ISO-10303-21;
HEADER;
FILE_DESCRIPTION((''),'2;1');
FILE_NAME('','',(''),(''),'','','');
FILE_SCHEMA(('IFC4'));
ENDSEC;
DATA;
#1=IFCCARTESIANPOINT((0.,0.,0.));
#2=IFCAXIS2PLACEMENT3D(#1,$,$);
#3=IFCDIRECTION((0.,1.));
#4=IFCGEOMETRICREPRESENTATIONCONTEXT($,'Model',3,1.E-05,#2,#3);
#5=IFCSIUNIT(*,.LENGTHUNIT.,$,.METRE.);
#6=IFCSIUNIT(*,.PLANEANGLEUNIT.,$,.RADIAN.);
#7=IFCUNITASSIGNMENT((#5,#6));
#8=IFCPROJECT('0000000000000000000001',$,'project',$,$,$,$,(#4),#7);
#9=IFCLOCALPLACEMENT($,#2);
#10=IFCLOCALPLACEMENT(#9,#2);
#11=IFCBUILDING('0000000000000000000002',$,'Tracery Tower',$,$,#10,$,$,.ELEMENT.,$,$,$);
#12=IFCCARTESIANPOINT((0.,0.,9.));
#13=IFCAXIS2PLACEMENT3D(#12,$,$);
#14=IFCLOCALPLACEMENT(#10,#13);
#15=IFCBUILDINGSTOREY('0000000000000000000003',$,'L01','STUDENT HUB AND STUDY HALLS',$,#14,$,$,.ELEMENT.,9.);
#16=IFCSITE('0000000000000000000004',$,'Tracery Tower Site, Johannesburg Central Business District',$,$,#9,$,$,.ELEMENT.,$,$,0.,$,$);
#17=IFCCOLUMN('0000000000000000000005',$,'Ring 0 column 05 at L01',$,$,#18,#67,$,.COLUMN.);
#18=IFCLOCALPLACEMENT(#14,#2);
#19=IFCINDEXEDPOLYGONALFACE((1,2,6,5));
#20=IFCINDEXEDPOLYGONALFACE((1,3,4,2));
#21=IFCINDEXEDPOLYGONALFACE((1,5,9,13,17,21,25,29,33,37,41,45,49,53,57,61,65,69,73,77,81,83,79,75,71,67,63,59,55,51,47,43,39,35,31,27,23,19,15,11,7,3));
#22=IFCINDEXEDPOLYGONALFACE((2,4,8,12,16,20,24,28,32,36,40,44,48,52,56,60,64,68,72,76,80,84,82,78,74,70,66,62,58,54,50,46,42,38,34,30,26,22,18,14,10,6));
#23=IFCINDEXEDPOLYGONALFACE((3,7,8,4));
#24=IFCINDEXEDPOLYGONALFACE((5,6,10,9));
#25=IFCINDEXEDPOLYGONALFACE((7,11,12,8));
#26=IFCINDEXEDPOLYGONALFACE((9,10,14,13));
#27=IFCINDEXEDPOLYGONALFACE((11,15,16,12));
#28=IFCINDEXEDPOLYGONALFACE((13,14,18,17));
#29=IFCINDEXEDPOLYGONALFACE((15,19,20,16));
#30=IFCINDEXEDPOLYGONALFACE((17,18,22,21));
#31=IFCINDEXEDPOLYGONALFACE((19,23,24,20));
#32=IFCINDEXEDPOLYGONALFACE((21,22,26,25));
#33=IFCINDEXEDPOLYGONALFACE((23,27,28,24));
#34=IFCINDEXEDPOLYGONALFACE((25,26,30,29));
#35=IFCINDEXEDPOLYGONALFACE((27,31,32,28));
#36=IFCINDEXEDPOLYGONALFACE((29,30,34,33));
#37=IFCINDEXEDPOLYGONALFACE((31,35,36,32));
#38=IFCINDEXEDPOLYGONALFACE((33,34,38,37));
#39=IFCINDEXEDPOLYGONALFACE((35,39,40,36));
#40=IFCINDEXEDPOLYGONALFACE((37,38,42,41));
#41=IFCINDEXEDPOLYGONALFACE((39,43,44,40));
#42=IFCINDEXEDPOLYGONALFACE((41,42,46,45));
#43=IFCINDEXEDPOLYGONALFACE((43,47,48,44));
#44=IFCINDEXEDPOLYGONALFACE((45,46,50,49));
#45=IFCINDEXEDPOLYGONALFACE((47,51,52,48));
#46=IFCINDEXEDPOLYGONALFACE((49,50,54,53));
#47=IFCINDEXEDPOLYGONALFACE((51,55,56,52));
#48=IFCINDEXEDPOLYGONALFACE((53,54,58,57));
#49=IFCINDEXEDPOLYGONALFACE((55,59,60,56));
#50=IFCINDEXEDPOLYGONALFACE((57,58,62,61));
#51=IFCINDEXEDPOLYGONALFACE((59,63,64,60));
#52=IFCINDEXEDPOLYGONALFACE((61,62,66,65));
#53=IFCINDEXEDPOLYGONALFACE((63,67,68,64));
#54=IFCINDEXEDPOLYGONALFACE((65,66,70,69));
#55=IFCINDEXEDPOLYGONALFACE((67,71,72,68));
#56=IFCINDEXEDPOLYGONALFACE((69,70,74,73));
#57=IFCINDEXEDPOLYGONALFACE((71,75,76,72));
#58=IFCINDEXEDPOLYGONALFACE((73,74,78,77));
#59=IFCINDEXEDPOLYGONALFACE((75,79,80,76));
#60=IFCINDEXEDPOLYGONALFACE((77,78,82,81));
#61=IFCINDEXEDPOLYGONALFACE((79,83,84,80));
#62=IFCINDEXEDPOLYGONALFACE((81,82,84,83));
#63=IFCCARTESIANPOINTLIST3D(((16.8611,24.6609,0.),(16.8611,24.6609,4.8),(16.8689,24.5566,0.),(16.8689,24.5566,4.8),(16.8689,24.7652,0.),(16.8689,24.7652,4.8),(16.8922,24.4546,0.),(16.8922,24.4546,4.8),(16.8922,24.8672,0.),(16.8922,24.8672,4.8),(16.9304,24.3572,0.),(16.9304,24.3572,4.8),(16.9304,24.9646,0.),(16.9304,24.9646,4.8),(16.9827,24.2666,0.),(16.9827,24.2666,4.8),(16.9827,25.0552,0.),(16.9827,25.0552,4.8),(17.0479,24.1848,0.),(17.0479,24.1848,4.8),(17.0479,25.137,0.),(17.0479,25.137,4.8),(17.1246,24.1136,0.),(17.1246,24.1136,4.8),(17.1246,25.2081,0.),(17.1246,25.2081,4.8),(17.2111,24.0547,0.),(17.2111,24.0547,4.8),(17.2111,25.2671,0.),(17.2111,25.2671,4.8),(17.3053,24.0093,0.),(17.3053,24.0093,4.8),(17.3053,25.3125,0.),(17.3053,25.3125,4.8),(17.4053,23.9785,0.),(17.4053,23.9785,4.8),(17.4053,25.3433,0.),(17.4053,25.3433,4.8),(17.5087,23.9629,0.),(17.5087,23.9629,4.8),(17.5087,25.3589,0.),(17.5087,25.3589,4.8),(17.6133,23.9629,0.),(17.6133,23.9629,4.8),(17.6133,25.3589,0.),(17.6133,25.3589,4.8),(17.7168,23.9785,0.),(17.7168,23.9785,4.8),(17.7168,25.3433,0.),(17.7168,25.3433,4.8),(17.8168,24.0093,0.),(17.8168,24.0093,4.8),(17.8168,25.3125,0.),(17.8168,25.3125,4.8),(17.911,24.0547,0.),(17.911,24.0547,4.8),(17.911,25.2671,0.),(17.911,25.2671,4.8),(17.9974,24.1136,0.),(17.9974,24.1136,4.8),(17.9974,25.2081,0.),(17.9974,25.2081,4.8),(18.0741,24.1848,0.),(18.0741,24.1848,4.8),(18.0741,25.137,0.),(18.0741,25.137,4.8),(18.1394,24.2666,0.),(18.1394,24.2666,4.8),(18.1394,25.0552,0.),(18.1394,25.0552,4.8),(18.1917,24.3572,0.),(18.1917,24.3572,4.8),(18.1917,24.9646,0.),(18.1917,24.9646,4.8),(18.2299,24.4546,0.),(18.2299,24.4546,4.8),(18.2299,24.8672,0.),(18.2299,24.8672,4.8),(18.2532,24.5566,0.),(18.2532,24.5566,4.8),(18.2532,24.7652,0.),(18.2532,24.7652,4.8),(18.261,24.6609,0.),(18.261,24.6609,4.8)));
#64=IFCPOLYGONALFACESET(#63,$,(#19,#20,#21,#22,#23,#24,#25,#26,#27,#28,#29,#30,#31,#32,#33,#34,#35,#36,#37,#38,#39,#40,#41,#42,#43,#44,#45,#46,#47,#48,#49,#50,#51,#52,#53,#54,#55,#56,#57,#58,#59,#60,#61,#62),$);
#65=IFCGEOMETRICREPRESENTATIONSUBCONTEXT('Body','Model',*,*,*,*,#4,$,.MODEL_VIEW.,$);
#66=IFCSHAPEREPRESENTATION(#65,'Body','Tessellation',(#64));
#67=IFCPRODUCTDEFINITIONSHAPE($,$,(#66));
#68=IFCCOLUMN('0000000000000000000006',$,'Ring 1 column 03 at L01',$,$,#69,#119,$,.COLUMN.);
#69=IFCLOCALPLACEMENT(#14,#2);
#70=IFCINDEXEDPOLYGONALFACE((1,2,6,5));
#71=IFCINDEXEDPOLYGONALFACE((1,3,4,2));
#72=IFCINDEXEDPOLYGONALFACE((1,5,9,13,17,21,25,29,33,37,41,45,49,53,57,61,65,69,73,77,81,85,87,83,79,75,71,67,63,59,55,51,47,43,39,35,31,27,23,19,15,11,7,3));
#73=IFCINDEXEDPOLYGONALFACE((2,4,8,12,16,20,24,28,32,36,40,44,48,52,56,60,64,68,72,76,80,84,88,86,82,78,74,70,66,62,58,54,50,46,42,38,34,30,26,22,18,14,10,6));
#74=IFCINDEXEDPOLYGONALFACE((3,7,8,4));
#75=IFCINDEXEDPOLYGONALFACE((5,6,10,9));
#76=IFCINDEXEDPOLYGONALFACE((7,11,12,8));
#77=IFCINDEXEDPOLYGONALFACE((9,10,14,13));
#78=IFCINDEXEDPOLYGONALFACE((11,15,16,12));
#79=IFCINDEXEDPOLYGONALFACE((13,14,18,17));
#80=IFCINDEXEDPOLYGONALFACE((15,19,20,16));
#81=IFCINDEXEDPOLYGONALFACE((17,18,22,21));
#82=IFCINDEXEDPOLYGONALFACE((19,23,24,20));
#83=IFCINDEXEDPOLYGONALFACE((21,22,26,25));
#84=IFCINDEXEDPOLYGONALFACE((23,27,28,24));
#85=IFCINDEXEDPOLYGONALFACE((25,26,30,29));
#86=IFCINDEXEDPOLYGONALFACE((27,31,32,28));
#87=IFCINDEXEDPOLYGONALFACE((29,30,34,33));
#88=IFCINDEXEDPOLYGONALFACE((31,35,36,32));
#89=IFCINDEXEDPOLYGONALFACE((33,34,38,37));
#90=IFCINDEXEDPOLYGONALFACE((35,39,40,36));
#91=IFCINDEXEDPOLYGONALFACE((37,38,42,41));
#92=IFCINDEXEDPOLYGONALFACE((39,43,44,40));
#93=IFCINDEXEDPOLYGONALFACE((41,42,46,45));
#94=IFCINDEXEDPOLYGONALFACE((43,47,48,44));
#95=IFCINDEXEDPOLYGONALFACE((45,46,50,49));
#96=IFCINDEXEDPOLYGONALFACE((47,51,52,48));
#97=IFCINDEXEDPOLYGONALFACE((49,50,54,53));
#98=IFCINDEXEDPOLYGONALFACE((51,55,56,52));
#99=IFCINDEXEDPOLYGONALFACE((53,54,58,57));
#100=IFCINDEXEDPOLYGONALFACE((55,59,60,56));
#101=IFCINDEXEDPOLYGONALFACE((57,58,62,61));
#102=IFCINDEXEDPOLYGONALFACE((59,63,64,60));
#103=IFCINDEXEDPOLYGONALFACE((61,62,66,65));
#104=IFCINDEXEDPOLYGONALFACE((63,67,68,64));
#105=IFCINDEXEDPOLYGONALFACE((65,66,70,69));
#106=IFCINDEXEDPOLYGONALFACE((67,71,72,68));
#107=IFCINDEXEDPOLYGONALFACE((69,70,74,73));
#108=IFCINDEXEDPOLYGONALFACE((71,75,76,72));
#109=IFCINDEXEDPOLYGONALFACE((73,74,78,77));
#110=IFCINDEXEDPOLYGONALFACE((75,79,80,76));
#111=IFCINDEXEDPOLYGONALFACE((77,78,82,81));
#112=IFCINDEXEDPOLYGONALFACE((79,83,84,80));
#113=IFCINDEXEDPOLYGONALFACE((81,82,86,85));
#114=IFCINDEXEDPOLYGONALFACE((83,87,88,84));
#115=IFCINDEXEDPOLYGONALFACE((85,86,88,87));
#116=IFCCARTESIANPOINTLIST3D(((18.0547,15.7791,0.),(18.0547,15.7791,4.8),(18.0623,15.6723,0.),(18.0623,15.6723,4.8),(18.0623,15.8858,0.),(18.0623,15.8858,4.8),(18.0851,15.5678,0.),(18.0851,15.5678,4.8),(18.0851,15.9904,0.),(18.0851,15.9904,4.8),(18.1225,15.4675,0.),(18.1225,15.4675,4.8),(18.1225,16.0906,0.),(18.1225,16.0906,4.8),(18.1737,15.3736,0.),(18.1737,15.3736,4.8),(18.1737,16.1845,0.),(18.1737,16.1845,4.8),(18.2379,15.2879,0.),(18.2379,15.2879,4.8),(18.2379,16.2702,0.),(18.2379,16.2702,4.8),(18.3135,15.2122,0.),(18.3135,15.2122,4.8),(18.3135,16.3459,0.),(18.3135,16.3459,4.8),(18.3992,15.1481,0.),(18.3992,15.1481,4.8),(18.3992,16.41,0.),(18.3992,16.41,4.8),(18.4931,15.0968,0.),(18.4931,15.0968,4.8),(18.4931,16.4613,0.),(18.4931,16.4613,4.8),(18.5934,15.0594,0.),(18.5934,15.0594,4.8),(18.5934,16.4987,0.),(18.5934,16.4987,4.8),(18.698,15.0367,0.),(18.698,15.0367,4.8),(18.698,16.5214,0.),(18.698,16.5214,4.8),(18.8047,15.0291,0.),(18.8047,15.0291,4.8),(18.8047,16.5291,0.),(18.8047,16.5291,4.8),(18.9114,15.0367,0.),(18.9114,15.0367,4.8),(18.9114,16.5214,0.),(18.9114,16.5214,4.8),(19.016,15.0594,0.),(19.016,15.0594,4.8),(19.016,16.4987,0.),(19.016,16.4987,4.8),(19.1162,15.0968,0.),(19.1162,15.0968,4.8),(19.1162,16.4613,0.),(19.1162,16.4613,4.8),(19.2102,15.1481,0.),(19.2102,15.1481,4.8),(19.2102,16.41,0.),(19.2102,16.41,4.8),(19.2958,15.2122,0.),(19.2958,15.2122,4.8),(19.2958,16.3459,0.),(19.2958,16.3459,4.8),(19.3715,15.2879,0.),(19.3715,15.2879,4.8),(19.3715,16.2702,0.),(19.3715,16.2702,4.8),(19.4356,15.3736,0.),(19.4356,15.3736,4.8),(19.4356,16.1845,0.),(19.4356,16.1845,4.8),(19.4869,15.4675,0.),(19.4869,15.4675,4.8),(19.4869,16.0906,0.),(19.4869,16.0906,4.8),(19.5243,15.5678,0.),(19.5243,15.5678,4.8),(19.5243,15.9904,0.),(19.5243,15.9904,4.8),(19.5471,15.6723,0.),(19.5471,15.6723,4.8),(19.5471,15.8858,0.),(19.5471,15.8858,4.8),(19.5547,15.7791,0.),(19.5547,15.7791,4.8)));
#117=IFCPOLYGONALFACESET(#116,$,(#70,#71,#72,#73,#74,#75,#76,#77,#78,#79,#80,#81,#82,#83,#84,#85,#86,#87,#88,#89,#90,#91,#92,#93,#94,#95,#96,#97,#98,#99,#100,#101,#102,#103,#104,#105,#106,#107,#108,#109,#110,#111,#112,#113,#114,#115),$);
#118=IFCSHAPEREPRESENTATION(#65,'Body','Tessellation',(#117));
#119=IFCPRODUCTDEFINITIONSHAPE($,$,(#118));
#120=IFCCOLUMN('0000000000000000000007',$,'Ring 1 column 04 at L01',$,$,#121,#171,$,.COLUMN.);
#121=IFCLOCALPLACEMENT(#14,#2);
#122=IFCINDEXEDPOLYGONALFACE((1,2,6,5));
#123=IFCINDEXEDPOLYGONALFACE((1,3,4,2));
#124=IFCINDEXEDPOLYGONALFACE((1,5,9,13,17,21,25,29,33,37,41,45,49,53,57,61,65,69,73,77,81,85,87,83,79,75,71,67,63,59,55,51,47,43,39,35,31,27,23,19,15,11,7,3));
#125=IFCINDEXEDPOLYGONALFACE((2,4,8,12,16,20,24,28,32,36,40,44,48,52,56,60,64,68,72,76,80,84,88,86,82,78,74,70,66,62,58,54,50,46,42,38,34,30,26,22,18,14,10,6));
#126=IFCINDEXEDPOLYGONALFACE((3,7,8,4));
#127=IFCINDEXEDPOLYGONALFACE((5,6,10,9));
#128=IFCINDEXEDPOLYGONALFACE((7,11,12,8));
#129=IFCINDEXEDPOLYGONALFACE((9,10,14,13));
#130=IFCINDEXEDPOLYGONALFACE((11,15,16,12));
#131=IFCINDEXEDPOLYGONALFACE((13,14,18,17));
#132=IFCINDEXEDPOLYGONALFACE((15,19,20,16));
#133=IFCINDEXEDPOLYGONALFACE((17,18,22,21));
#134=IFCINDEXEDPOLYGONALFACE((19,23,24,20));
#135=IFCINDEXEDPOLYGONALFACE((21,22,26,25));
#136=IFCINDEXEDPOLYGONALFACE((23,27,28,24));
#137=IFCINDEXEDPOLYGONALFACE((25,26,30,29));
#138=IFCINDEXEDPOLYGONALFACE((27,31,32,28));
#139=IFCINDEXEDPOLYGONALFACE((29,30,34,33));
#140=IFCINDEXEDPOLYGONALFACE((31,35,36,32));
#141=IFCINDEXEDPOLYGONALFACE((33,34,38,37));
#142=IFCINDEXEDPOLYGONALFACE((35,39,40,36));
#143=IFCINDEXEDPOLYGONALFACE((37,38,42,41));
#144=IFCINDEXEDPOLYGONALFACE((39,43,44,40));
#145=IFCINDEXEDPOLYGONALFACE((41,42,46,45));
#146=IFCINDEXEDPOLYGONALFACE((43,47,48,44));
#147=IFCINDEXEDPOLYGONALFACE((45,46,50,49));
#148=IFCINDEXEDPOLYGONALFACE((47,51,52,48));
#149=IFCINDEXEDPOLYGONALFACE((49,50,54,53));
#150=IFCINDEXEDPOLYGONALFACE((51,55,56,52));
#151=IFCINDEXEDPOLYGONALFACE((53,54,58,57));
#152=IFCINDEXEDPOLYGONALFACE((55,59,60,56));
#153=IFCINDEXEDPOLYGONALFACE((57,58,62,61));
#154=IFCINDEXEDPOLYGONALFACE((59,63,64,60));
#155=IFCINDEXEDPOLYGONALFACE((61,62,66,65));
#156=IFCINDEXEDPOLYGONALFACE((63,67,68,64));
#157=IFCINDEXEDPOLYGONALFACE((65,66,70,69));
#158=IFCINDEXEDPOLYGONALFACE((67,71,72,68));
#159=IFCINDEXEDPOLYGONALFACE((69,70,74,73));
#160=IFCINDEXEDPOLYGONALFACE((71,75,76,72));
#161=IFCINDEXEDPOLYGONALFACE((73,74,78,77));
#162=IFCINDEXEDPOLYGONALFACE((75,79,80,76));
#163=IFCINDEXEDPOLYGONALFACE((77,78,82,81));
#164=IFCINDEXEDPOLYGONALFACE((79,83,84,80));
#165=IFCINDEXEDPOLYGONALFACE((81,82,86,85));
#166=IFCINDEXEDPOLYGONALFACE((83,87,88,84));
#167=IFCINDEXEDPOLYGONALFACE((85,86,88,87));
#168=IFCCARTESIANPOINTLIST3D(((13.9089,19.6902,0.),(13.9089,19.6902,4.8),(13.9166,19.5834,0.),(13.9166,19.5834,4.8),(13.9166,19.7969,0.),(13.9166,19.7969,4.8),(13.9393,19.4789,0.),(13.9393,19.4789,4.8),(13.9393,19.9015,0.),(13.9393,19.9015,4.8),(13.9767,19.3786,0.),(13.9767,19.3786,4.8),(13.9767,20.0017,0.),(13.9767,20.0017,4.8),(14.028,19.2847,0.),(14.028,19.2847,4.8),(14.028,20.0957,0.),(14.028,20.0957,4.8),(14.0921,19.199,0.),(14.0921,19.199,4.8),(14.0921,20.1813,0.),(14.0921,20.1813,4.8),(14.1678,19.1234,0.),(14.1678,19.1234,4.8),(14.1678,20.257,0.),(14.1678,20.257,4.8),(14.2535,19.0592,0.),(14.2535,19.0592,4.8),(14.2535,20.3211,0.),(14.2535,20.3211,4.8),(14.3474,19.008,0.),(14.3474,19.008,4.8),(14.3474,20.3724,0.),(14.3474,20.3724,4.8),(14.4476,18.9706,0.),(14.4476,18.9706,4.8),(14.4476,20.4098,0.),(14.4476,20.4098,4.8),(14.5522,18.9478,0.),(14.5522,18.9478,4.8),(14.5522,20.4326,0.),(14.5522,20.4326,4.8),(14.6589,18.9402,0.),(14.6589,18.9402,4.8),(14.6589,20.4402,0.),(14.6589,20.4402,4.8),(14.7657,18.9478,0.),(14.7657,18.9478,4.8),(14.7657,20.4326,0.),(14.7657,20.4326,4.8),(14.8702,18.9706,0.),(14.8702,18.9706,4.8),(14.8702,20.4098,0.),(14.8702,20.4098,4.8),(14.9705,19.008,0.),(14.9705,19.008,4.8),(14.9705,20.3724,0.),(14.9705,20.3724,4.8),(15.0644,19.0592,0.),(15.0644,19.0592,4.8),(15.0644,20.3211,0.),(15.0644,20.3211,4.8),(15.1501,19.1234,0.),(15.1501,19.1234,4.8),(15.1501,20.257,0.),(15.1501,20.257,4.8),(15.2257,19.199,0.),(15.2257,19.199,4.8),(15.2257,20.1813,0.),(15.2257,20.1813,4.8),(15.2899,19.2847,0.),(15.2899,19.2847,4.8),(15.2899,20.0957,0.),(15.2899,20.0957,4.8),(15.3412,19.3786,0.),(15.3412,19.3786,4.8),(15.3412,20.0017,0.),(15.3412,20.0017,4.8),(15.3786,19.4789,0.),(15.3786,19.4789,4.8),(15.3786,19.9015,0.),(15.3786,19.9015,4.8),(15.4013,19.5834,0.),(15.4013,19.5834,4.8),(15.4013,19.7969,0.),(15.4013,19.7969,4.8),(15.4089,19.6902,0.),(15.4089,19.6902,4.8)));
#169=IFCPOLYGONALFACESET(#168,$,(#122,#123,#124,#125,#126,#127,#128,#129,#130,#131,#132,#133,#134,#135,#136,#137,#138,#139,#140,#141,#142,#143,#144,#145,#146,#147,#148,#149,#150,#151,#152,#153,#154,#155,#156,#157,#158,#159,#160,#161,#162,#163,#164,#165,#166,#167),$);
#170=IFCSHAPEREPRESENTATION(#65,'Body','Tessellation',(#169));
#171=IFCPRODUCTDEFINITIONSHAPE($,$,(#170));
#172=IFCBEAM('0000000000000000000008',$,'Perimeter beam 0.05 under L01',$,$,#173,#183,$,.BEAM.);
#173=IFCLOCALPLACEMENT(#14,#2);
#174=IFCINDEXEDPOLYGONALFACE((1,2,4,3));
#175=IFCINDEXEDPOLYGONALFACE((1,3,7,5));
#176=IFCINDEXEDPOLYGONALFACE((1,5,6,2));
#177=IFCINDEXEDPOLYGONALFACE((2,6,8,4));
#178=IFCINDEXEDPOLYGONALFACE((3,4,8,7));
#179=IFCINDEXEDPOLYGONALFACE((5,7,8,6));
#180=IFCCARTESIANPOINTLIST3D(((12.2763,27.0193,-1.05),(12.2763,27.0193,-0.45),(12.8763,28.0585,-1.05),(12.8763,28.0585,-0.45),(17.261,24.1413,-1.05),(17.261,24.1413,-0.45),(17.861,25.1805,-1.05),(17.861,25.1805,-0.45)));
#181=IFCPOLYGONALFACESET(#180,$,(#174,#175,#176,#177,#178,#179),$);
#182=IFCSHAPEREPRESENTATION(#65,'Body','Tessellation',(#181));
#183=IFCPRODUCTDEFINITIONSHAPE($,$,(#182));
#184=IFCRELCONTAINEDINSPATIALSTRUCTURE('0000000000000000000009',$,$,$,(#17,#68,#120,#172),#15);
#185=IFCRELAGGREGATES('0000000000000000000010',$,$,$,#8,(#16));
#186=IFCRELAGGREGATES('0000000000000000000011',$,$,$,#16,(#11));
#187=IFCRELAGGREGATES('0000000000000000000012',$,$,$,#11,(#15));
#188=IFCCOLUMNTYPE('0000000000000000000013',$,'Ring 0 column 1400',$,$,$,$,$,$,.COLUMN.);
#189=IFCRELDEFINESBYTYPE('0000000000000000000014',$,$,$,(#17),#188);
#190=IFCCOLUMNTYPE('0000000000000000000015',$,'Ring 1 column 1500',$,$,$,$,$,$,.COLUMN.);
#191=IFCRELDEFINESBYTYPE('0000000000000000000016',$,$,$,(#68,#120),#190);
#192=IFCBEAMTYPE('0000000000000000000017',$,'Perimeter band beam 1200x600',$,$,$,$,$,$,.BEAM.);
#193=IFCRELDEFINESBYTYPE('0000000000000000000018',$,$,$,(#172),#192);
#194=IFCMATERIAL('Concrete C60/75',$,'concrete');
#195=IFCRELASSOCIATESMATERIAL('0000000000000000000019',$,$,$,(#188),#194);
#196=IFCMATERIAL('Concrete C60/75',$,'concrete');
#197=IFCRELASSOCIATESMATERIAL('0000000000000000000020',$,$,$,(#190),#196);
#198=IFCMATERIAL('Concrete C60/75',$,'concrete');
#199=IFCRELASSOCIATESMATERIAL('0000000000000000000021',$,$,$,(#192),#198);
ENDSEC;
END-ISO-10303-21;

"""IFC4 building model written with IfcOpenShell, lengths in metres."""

from ifc_helpers import new_model, si_unit, direction, frame, origin, origin_2d, place, context, subcontext, project, spatial, rectangle, circle, extrude, material, material_profile, profile_set, type_object, element, save


model = new_model("IFC4")

# Units and contexts
model_context = context("Model", 3, precision=1e-05, world=origin(), true_north=direction((0.0, 1.0)))
body_context = subcontext(model_context, "Body", "Model", "MODEL_VIEW")
ifc_project = project(units=[si_unit("LENGTHUNIT", "METRE"), si_unit("PLANEANGLEUNIT", "RADIAN")], contexts=[model_context])

# Site, building, storey
site_placement = place(None, origin())
site = spatial("IfcSite", under=ifc_project, at=site_placement, Name="Tracery Tower Site, Johannesburg Central Business District", CompositionType="ELEMENT", RefElevation=0.0)
building_placement = place(site_placement, origin())
building = spatial("IfcBuilding", under=site, at=building_placement, Name="Tracery Tower", CompositionType="ELEMENT")
storey_placement = place(building_placement, frame((0.0, 0.0, 9.0)))
storey = spatial("IfcBuildingStorey", under=building, at=storey_placement, Name="L01", Description="STUDENT HUB AND STUDY HALLS", CompositionType="ELEMENT", Elevation=9.0)

# Columns
ifc_material_1 = material(Name="Concrete C60/75", Category="concrete")
ifc_material_profile_1 = material_profile(ifc_material_1, circle(Radius=0.7, at=origin_2d()), Name="RC D1400")
ifc_profile_set_1 = profile_set([ifc_material_profile_1], Name="Concrete C60/75")
column_type_1 = type_object("IfcColumnType", Name="Ring 0 column 1400", PredefinedType="COLUMN", material=ifc_profile_set_1)
column_placement = place(storey_placement, frame((17.561, 24.6609, 0.0), z_axis=(0.0, 0.0, 1.0), x_axis=(1.0, 0.0, 0.0)))
element("IfcColumn", 1, at=column_placement, inside=storey, type_object=column_type_1, Name="Ring 0 column 05 at L01", PredefinedType="COLUMN", context=body_context, shape_type="SweptSolid", body=[
    extrude(circle(Radius=0.7, at=origin_2d()), origin(), (0.0, 0.0, 1.0), 4.8),
])
ifc_material_2 = material(Name="Concrete C60/75", Category="concrete")
ifc_material_profile_2 = material_profile(ifc_material_2, circle(Radius=0.75, at=origin_2d()), Name="RC D1500")
ifc_profile_set_2 = profile_set([ifc_material_profile_2], Name="Concrete C60/75")
column_type_2 = type_object("IfcColumnType", Name="Ring 1 column 1500", PredefinedType="COLUMN", material=ifc_profile_set_2)
for number, where, z_axis, x_axis, name in (
    (2, (18.8047, 15.7791, 0.0), (0.0, 0.0, 1.0), (1.0, 0.0, 0.0), "Ring 1 column 03 at L01"),
    (3, (14.6589, 19.6902, 0.0), (0.0, 0.0, 1.0), (1.0, 0.0, 0.0), "Ring 1 column 04 at L01"),
):
    element("IfcColumn", number, at=place(storey_placement, frame(where, z_axis=z_axis, x_axis=x_axis)), inside=storey, type_object=column_type_2, Name=name, PredefinedType="COLUMN", context=body_context, shape_type="SweptSolid", body=[
        extrude(circle(Radius=0.75, at=origin_2d()), origin(), (0.0, 0.0, 1.0), 4.8),
    ])

# Beam
ifc_material_3 = material(Name="Concrete C60/75", Category="concrete")
ifc_material_profile_3 = material_profile(ifc_material_3, rectangle(XDim=1.2, YDim=0.6001, at=origin_2d()), Name="RC 1200x600")
ifc_profile_set_3 = profile_set([ifc_material_profile_3], Name="Concrete C60/75")
beam_type = type_object("IfcBeamType", Name="Perimeter band beam 1200x600", PredefinedType="BEAM", material=ifc_profile_set_3)
beam_placement = place(storey_placement, frame((17.561, 24.6609, -0.75), z_axis=(-0.866021, 0.500008, 0.0), x_axis=(-0.500008, -0.866021, 0.0)))
element("IfcBeam", 4, at=beam_placement, inside=storey, type_object=beam_type, Name="Perimeter beam 0.05 under L01", PredefinedType="BEAM", context=body_context, shape_type="SweptSolid", body=[
    extrude(rectangle(XDim=1.2, YDim=0.6001, at=origin_2d()), origin(), (0.0, 0.0, 1.0), 5.7559),
])

save(model, "model.ifc")
